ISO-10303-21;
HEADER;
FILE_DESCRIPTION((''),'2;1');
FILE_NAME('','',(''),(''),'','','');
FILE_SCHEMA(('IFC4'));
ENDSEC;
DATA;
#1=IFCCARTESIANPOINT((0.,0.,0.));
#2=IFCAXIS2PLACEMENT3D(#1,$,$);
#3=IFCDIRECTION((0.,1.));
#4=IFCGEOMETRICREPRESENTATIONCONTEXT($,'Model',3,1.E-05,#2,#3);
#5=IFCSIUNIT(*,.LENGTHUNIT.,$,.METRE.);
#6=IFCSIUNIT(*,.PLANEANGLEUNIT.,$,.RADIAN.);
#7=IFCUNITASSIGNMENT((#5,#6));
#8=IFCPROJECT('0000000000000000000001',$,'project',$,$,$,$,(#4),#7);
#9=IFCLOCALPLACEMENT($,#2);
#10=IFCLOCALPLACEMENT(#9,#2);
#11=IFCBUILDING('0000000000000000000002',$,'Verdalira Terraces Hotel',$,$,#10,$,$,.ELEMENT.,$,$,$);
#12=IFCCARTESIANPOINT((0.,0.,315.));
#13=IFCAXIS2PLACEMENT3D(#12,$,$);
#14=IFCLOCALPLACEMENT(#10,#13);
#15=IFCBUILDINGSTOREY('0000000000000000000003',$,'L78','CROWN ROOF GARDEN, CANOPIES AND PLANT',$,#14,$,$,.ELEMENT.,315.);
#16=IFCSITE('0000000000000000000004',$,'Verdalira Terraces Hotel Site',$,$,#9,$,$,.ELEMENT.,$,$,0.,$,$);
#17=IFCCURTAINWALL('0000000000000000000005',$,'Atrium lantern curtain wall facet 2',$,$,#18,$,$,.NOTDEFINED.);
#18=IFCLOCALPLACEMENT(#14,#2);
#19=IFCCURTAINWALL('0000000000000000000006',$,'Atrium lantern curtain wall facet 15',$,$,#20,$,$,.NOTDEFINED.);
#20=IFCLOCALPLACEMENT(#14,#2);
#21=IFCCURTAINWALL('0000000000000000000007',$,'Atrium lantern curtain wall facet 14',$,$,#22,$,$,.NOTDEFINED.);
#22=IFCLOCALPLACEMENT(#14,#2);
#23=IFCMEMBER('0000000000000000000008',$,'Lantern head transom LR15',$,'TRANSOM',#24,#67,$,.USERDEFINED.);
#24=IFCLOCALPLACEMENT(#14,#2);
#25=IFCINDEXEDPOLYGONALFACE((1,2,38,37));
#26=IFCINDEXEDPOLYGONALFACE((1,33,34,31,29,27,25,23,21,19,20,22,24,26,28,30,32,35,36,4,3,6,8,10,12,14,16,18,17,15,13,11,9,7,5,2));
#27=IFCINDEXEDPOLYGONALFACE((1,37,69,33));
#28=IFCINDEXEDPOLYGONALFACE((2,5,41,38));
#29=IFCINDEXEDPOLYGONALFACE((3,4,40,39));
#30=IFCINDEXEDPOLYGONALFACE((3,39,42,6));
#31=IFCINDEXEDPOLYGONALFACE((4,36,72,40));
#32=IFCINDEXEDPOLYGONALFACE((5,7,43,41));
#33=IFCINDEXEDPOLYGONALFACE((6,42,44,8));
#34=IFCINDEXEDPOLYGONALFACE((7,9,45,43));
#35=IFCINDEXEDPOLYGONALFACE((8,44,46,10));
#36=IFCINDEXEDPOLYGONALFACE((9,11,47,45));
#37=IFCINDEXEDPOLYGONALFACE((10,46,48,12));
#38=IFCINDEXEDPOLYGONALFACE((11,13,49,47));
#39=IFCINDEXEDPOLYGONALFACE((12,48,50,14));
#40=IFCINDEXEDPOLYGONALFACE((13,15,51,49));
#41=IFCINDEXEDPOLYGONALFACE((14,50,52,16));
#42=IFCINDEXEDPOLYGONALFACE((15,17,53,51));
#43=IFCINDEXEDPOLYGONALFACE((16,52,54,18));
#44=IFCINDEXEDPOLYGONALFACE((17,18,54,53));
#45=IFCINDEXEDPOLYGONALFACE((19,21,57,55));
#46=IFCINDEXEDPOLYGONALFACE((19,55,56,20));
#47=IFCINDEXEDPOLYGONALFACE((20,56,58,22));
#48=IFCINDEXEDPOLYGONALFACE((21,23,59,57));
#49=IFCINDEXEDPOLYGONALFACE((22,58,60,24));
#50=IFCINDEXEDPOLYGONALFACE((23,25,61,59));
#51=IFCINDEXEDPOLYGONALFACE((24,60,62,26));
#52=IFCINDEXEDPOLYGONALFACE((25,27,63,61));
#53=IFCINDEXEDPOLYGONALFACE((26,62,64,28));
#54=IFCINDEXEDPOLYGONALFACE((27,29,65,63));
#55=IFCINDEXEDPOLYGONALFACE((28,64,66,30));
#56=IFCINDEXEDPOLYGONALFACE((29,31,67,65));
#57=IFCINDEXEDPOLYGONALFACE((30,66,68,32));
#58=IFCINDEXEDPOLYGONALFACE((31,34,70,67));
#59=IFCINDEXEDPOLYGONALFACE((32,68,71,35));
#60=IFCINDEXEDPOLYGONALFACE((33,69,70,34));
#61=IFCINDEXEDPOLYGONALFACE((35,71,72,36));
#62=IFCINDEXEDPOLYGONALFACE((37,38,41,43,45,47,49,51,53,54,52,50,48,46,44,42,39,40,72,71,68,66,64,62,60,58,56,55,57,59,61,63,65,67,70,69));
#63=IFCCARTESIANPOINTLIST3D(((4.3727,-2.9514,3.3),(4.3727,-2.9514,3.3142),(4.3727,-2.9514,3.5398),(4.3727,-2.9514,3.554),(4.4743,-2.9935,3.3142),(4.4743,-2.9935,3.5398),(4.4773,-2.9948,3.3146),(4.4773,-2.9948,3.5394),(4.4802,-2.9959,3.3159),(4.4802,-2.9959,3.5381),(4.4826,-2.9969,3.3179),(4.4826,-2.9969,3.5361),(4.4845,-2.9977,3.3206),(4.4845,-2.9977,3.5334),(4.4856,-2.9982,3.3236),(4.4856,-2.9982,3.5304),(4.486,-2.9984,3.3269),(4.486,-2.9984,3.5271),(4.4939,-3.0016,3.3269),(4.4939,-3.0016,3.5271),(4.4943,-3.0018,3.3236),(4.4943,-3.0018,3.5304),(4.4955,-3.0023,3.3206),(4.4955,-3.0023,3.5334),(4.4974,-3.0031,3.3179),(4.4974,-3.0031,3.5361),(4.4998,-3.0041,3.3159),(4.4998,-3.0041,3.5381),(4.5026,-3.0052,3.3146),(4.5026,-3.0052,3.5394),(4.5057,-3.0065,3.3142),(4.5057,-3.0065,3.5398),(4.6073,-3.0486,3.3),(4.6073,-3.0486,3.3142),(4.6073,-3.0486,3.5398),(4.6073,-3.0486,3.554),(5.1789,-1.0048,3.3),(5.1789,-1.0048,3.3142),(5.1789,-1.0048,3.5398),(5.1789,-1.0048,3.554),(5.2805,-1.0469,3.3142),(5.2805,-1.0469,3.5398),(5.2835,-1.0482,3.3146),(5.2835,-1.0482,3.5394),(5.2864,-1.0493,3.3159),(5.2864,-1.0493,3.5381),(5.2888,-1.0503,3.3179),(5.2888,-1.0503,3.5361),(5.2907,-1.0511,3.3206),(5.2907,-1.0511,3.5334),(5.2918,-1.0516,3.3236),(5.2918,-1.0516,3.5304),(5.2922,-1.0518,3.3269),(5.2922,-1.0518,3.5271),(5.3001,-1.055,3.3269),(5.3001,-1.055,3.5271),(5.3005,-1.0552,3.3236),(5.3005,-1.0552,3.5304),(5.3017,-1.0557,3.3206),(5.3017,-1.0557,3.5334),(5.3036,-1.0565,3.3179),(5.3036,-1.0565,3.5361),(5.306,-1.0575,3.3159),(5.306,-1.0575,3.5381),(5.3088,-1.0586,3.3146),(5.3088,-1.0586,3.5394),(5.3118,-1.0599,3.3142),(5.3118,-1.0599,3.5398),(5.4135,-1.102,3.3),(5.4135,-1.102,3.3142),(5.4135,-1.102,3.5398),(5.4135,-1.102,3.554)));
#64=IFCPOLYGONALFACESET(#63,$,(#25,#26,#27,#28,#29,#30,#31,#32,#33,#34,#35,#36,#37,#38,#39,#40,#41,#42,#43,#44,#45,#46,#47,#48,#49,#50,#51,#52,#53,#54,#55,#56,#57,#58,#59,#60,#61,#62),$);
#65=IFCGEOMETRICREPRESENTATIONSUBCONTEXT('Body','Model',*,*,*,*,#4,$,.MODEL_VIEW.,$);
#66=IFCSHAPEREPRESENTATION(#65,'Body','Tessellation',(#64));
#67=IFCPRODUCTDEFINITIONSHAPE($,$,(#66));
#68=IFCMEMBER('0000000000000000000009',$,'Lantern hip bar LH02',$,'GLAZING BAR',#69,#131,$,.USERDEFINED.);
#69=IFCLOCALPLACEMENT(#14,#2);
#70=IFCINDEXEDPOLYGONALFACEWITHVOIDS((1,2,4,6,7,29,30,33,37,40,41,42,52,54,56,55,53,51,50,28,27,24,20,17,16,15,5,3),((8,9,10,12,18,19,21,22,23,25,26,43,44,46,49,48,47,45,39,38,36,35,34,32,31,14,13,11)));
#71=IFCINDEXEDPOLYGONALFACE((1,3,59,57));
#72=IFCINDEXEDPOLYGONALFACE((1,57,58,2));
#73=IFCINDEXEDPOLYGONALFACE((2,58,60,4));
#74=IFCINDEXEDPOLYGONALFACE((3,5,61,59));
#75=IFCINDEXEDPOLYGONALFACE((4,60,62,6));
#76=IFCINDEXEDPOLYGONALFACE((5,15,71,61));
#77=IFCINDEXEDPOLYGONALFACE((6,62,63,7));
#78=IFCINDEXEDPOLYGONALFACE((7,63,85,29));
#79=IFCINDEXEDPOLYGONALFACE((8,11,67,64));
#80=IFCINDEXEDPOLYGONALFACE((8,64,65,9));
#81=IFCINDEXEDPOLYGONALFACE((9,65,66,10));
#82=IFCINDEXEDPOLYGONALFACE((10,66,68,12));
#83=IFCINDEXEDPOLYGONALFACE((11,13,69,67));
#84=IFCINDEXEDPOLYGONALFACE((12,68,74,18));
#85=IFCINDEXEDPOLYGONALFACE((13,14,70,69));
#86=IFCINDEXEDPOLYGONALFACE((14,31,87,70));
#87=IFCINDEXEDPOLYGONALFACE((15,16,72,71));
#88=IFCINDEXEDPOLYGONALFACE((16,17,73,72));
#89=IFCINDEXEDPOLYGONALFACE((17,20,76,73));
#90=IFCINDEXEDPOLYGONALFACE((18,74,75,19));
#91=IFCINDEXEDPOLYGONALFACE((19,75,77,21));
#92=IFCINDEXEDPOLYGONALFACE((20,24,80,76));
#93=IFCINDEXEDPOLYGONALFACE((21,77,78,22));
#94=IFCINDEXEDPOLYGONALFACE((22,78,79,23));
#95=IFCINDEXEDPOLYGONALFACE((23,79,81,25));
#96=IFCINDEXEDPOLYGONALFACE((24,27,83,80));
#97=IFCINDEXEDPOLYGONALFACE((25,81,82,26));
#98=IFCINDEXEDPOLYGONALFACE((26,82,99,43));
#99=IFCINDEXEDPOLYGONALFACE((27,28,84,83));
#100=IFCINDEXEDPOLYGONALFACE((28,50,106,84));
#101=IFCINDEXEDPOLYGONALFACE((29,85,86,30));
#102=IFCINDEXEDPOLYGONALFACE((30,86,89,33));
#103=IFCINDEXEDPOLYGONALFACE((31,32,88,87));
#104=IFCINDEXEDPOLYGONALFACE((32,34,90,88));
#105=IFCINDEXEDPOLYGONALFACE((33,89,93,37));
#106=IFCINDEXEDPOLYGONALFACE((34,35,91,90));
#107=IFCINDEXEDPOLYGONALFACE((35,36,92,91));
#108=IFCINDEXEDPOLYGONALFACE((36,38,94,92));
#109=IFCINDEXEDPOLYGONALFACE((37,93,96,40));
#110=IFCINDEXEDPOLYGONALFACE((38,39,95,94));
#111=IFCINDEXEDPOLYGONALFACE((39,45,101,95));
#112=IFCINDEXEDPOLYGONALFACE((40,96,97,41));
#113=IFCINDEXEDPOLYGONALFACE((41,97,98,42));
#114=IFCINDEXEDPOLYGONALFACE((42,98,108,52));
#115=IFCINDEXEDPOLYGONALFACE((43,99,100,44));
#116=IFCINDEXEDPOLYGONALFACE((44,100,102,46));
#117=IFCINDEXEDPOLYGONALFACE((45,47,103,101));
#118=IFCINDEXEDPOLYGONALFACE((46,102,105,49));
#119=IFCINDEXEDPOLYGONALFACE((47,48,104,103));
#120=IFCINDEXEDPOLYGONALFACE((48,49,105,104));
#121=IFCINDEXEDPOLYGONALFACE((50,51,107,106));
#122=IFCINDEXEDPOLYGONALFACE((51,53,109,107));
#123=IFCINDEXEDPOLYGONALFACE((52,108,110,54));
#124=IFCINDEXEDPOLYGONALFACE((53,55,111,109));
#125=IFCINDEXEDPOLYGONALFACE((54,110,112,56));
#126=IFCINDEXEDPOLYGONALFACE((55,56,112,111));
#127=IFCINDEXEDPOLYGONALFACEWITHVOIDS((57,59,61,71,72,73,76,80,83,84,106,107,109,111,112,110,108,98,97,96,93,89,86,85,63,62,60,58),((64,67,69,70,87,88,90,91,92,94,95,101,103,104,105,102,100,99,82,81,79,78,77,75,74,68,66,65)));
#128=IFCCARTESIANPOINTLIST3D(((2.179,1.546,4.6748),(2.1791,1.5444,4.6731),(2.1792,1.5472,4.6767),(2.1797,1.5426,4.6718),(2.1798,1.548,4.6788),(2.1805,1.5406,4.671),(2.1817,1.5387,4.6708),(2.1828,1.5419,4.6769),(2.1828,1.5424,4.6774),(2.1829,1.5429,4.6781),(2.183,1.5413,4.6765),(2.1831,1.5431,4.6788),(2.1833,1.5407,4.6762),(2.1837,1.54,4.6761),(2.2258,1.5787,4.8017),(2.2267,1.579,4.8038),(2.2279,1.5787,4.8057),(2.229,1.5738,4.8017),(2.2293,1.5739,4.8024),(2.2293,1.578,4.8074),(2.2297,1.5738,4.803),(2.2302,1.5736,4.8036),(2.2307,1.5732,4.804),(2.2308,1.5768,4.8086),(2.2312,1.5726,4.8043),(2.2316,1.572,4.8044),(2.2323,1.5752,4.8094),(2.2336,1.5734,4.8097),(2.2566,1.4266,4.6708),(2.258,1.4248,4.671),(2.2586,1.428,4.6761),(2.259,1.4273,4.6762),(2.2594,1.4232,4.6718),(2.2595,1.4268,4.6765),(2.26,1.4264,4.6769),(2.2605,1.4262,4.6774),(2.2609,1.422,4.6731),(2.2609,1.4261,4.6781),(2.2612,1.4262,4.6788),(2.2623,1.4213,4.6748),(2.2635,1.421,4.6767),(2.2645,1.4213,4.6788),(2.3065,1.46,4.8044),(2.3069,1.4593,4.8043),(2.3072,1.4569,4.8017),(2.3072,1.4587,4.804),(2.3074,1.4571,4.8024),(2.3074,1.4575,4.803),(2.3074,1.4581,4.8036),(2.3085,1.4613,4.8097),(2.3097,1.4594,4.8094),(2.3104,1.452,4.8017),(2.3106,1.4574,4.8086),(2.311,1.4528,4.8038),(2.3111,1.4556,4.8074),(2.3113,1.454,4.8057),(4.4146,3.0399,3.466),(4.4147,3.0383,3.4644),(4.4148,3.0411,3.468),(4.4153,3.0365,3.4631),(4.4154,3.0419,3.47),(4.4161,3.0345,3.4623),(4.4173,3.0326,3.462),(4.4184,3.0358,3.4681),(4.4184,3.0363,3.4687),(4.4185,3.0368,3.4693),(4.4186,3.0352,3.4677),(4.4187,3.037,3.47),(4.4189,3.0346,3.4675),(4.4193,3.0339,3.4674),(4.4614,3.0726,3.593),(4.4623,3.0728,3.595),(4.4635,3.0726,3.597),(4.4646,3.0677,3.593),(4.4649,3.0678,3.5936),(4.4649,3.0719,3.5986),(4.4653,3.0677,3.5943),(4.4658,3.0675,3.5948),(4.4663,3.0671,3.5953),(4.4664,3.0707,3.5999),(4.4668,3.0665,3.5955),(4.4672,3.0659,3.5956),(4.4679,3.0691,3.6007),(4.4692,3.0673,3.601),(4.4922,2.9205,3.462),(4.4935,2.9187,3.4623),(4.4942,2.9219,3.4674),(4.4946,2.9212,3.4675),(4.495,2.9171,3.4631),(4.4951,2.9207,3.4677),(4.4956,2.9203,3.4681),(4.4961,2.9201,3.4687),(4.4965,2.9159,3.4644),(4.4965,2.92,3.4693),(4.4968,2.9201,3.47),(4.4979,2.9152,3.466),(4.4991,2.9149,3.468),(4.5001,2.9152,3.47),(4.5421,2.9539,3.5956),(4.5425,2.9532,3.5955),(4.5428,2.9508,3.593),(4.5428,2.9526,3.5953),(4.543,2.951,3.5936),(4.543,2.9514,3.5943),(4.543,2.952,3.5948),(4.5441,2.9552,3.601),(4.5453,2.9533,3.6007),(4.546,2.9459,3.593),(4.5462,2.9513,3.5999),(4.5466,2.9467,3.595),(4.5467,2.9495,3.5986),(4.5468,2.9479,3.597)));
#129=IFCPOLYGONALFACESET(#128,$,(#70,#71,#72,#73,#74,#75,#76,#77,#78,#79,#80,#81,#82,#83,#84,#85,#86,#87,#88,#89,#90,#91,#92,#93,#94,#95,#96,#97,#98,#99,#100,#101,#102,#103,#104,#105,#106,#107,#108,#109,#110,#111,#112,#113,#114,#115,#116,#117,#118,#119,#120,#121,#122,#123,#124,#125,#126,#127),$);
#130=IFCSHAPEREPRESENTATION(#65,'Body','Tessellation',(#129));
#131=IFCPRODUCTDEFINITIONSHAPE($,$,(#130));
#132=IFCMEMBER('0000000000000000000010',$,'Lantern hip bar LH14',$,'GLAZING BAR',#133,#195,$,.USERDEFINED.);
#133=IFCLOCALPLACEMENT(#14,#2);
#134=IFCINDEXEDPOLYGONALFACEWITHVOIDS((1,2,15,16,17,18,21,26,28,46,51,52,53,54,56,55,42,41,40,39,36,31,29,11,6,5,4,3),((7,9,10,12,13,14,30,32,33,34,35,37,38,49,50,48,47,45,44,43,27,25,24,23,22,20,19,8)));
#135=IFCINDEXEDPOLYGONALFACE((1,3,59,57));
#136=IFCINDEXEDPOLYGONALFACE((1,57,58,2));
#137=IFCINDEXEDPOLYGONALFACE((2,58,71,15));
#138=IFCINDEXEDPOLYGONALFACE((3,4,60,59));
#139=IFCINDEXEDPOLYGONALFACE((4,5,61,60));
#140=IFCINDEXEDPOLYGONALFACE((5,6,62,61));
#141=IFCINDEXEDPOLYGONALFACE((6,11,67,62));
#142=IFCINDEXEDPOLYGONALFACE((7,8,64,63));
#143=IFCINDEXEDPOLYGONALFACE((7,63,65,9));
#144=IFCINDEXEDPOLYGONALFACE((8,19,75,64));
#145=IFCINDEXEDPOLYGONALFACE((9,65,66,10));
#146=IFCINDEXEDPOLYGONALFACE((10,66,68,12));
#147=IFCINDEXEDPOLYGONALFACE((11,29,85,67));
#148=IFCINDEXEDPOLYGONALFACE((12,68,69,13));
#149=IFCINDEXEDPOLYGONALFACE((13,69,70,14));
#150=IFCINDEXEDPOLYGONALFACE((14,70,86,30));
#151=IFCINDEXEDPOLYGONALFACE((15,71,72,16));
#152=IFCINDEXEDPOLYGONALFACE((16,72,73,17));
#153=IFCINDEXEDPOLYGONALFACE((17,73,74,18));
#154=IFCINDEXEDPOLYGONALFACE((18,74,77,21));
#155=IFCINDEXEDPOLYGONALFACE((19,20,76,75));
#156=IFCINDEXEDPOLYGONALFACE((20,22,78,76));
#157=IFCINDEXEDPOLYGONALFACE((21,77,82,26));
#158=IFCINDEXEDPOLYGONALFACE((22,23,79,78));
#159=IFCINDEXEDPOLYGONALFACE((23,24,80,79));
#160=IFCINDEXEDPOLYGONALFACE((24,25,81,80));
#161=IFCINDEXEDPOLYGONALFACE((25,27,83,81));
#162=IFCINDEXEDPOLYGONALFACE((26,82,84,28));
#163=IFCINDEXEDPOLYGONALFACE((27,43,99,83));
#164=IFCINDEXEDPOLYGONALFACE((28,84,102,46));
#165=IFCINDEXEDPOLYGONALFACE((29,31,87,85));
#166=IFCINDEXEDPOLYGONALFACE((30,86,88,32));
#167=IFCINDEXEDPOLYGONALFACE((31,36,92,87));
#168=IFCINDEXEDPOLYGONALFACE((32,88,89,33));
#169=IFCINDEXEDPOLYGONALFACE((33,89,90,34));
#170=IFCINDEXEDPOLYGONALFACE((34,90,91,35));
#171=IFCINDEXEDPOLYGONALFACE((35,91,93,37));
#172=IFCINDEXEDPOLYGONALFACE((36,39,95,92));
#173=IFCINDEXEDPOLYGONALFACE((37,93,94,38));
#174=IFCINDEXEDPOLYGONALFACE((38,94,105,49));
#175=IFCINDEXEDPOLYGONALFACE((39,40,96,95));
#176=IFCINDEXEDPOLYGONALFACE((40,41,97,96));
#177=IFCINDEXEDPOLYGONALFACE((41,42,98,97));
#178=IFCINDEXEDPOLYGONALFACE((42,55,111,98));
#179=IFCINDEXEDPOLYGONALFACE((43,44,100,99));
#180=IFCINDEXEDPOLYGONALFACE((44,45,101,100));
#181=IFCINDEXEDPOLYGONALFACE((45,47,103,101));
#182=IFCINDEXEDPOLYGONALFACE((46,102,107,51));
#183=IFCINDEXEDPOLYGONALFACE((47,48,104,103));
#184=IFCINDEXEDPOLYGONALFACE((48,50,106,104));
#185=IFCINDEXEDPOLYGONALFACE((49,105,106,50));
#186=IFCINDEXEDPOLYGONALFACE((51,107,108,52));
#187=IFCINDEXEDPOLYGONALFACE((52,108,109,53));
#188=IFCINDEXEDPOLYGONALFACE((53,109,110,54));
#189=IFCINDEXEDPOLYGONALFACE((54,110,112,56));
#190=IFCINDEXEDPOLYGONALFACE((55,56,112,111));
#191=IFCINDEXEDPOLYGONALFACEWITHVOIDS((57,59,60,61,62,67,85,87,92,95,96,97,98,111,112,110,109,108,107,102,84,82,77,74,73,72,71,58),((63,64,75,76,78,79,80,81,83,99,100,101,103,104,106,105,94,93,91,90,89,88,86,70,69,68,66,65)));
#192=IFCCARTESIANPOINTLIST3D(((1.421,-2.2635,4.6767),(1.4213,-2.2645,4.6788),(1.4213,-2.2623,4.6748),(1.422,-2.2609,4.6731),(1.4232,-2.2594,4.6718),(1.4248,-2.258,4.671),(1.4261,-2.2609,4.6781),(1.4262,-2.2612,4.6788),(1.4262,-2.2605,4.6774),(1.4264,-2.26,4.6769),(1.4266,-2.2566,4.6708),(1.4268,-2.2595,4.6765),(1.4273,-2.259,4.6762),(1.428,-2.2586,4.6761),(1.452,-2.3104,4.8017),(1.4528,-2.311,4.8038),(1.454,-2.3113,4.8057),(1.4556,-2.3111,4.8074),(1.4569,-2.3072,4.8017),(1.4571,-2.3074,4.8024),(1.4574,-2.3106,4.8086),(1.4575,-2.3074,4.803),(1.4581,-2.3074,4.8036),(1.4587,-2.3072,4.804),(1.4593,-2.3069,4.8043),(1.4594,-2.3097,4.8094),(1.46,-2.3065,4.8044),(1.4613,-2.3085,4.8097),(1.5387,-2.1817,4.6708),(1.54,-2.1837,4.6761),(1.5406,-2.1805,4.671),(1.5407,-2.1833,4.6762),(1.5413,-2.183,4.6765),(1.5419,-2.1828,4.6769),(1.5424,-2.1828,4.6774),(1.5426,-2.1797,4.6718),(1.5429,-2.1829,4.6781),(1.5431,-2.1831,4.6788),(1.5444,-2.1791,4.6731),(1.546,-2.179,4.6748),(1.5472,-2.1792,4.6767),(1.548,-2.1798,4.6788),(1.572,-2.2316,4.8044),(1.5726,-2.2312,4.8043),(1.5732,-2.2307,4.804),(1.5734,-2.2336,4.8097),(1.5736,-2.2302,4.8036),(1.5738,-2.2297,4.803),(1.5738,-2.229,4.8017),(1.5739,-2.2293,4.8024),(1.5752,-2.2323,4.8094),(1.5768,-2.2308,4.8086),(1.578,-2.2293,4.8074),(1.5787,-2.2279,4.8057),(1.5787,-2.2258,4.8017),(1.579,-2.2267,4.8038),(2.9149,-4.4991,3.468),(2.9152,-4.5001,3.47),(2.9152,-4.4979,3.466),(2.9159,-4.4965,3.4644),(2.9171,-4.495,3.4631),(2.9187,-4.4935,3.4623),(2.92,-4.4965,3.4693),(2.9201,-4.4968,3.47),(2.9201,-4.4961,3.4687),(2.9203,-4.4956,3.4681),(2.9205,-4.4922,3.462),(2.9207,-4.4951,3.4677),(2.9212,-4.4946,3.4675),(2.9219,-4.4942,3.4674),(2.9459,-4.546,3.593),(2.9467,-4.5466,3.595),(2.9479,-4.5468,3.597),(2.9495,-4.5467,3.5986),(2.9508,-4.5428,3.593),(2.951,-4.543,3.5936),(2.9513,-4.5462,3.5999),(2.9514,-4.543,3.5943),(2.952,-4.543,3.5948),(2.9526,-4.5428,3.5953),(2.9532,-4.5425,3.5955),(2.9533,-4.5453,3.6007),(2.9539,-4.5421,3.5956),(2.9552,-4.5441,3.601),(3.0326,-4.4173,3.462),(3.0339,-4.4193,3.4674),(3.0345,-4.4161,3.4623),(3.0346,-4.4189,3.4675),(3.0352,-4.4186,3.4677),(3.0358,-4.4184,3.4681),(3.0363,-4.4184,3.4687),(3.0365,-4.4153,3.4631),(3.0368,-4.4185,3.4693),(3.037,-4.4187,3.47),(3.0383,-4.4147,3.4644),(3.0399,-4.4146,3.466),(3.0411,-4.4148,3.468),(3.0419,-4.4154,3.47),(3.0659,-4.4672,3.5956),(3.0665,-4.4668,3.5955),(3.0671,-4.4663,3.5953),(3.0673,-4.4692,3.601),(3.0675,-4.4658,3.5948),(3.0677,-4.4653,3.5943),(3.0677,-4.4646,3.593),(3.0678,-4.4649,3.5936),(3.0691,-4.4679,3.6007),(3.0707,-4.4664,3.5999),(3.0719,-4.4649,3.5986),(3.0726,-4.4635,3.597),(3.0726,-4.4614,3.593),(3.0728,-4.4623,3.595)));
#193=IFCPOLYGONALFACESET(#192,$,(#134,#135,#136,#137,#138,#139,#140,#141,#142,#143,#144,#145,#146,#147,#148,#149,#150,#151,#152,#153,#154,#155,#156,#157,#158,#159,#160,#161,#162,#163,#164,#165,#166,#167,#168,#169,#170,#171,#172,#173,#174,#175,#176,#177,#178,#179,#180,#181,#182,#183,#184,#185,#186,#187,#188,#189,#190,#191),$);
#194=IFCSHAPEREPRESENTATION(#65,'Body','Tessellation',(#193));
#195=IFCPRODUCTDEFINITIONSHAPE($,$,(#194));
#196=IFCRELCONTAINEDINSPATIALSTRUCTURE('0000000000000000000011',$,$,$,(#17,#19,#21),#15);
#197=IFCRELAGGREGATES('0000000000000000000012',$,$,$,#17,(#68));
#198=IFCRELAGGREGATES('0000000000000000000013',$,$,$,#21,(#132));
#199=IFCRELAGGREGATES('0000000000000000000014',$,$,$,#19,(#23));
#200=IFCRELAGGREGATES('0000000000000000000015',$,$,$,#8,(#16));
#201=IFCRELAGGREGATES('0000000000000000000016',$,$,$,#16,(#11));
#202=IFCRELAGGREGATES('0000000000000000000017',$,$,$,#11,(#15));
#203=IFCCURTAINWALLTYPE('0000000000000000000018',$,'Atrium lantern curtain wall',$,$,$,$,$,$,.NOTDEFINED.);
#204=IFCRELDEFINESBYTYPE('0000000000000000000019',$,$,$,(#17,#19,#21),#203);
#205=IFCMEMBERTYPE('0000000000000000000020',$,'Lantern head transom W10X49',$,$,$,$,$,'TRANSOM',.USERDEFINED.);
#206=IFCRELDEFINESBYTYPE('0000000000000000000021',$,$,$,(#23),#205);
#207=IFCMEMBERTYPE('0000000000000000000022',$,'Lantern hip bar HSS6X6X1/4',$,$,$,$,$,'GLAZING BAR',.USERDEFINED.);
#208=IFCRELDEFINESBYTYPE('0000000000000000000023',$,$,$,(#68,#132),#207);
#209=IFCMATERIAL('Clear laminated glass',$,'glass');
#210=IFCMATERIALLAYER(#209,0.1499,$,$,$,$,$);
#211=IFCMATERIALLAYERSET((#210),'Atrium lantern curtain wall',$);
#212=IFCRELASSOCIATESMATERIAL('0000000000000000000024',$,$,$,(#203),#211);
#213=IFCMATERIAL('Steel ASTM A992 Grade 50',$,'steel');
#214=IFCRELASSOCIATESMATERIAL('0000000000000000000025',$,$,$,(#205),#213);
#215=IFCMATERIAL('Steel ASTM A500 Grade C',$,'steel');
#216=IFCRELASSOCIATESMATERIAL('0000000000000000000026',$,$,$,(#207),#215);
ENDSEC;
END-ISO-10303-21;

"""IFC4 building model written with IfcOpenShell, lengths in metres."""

from ifc_helpers import new_model, si_unit, direction, frame, origin, origin_2d, place, context, subcontext, project, spatial, hollow_rectangle, i_section, extrude, material, layer, layer_set, material_profile, profile_set, type_object, element, aggregate, save


model = new_model("IFC4")

# Units and contexts
model_context = context("Model", 3, precision=1e-05, world=origin(), true_north=direction((0.0, 1.0)))
body_context = subcontext(model_context, "Body", "Model", "MODEL_VIEW")
ifc_project = project(units=[si_unit("LENGTHUNIT", "METRE"), si_unit("PLANEANGLEUNIT", "RADIAN")], contexts=[model_context])

# Site, building, storey
site_placement = place(None, origin())
site = spatial("IfcSite", under=ifc_project, at=site_placement, Name="Verdalira Terraces Hotel Site", CompositionType="ELEMENT", RefElevation=0.0)
building_placement = place(site_placement, origin())
building = spatial("IfcBuilding", under=site, at=building_placement, Name="Verdalira Terraces Hotel", CompositionType="ELEMENT")
storey_placement = place(building_placement, frame((0.0, 0.0, 315.0)))
storey = spatial("IfcBuildingStorey", under=building, at=storey_placement, Name="L78", Description="CROWN ROOF GARDEN, CANOPIES AND PLANT", CompositionType="ELEMENT", Elevation=315.0)

# Curtain walls
ifc_material_1 = material(Name="Clear laminated glass", Category="glass")
ifc_layer_1 = layer(ifc_material_1, 0.1499)
ifc_layer_set_1 = layer_set([ifc_layer_1], Name="Atrium lantern curtain wall")
curtain_wall_type = type_object("IfcCurtainWallType", Name="Atrium lantern curtain wall", PredefinedType="NOTDEFINED", material=ifc_layer_set_1)
curtain_wall_1_placement = place(storey_placement, origin())
curtain_wall_1 = element("IfcCurtainWall", 1, at=curtain_wall_1_placement, inside=storey, type_object=curtain_wall_type, Name="Atrium lantern curtain wall facet 2", PredefinedType="NOTDEFINED")
curtain_wall_2_placement = place(storey_placement, origin())
curtain_wall_2 = element("IfcCurtainWall", 2, at=curtain_wall_2_placement, inside=storey, type_object=curtain_wall_type, Name="Atrium lantern curtain wall facet 15", PredefinedType="NOTDEFINED")

# Shared definitions
ifc_material_2 = material(Name="Steel ASTM A992 Grade 50", Category="steel")
ifc_material_profile_1 = material_profile(ifc_material_2, i_section(OverallWidth=0.2539, OverallDepth=0.2539, WebThickness=0.0085, FlangeThickness=0.0142, FilletRadius=0.0127, at=origin_2d()), Name="W10X49")
ifc_profile_set_1 = profile_set([ifc_material_profile_1], Name="Steel ASTM A992 Grade 50")
member_type_1 = type_object("IfcMemberType", Name="Lantern head transom W10X49", ElementType="TRANSOM", PredefinedType="USERDEFINED", material=ifc_profile_set_1)

# Curtain wall
curtain_wall_3_placement = place(storey_placement, origin())
curtain_wall_3 = element("IfcCurtainWall", 3, at=curtain_wall_3_placement, inside=storey, type_object=curtain_wall_type, Name="Atrium lantern curtain wall facet 14", PredefinedType="NOTDEFINED")

# Members
member_1_placement = place(storey_placement, frame((4.49, -3.0, 3.427), z_axis=(0.382632, 0.923901, 0.0), x_axis=(-0.923901, 0.382632, 0.0)))
member_1 = element("IfcMember", 4, at=member_1_placement, type_object=member_type_1, Name="Lantern head transom LR15", ObjectType="TRANSOM", PredefinedType="USERDEFINED", context=body_context, shape_type="SweptSolid", body=[
    extrude(i_section(OverallWidth=0.2539, OverallDepth=0.2539, WebThickness=0.0085, FlangeThickness=0.0142, FilletRadius=0.0127, at=origin_2d()), origin(), (0.0, 0.0, 1.0), 2.1069),
])
ifc_material_3 = material(Name="Steel ASTM A500 Grade C", Category="steel")
ifc_material_profile_2 = material_profile(ifc_material_3, hollow_rectangle(XDim=0.1523, YDim=0.1523, WallThickness=0.0059, InnerFilletRadius=0.0029, OuterFilletRadius=0.0088, at=origin_2d()), Name="HSS6X6X1/4")
ifc_profile_set_2 = profile_set([ifc_material_profile_2], Name="Steel ASTM A500 Grade C")
member_type_2 = type_object("IfcMemberType", Name="Lantern hip bar HSS6X6X1/4", ElementType="GLAZING BAR", PredefinedType="USERDEFINED", material=ifc_profile_set_2)
member_2_placement = place(storey_placement, frame((4.4807, 2.9939, 3.5315), z_axis=(-0.758345, -0.50675, 0.410021), x_axis=(0.555601, -0.831449, 0.0)))
member_2 = element("IfcMember", 5, at=member_2_placement, type_object=member_type_2, Name="Lantern hip bar LH02", ObjectType="GLAZING BAR", PredefinedType="USERDEFINED", context=body_context, shape_type="SweptSolid", body=[
    extrude(hollow_rectangle(XDim=0.1523, YDim=0.1523, WallThickness=0.0059, InnerFilletRadius=0.0029, OuterFilletRadius=0.0088, at=origin_2d()), origin(), (0.0, 0.0, 1.0), 2.948),
])
member_3_placement = place(storey_placement, frame((2.9939, -4.4807, 3.5315), z_axis=(-0.50675, 0.758345, 0.410021), x_axis=(-0.831449, -0.555601, 0.0)))
member_3 = element("IfcMember", 6, at=member_3_placement, type_object=member_type_2, Name="Lantern hip bar LH14", ObjectType="GLAZING BAR", PredefinedType="USERDEFINED", context=body_context, shape_type="SweptSolid", body=[
    extrude(hollow_rectangle(XDim=0.1523, YDim=0.1523, WallThickness=0.0059, InnerFilletRadius=0.0029, OuterFilletRadius=0.0088, at=origin_2d()), origin(), (0.0, 0.0, 1.0), 2.948),
])
aggregate(curtain_wall_1, [member_2])

aggregate(curtain_wall_3, [member_3])
aggregate(curtain_wall_2, [member_1])

save(model, "model.ifc")
